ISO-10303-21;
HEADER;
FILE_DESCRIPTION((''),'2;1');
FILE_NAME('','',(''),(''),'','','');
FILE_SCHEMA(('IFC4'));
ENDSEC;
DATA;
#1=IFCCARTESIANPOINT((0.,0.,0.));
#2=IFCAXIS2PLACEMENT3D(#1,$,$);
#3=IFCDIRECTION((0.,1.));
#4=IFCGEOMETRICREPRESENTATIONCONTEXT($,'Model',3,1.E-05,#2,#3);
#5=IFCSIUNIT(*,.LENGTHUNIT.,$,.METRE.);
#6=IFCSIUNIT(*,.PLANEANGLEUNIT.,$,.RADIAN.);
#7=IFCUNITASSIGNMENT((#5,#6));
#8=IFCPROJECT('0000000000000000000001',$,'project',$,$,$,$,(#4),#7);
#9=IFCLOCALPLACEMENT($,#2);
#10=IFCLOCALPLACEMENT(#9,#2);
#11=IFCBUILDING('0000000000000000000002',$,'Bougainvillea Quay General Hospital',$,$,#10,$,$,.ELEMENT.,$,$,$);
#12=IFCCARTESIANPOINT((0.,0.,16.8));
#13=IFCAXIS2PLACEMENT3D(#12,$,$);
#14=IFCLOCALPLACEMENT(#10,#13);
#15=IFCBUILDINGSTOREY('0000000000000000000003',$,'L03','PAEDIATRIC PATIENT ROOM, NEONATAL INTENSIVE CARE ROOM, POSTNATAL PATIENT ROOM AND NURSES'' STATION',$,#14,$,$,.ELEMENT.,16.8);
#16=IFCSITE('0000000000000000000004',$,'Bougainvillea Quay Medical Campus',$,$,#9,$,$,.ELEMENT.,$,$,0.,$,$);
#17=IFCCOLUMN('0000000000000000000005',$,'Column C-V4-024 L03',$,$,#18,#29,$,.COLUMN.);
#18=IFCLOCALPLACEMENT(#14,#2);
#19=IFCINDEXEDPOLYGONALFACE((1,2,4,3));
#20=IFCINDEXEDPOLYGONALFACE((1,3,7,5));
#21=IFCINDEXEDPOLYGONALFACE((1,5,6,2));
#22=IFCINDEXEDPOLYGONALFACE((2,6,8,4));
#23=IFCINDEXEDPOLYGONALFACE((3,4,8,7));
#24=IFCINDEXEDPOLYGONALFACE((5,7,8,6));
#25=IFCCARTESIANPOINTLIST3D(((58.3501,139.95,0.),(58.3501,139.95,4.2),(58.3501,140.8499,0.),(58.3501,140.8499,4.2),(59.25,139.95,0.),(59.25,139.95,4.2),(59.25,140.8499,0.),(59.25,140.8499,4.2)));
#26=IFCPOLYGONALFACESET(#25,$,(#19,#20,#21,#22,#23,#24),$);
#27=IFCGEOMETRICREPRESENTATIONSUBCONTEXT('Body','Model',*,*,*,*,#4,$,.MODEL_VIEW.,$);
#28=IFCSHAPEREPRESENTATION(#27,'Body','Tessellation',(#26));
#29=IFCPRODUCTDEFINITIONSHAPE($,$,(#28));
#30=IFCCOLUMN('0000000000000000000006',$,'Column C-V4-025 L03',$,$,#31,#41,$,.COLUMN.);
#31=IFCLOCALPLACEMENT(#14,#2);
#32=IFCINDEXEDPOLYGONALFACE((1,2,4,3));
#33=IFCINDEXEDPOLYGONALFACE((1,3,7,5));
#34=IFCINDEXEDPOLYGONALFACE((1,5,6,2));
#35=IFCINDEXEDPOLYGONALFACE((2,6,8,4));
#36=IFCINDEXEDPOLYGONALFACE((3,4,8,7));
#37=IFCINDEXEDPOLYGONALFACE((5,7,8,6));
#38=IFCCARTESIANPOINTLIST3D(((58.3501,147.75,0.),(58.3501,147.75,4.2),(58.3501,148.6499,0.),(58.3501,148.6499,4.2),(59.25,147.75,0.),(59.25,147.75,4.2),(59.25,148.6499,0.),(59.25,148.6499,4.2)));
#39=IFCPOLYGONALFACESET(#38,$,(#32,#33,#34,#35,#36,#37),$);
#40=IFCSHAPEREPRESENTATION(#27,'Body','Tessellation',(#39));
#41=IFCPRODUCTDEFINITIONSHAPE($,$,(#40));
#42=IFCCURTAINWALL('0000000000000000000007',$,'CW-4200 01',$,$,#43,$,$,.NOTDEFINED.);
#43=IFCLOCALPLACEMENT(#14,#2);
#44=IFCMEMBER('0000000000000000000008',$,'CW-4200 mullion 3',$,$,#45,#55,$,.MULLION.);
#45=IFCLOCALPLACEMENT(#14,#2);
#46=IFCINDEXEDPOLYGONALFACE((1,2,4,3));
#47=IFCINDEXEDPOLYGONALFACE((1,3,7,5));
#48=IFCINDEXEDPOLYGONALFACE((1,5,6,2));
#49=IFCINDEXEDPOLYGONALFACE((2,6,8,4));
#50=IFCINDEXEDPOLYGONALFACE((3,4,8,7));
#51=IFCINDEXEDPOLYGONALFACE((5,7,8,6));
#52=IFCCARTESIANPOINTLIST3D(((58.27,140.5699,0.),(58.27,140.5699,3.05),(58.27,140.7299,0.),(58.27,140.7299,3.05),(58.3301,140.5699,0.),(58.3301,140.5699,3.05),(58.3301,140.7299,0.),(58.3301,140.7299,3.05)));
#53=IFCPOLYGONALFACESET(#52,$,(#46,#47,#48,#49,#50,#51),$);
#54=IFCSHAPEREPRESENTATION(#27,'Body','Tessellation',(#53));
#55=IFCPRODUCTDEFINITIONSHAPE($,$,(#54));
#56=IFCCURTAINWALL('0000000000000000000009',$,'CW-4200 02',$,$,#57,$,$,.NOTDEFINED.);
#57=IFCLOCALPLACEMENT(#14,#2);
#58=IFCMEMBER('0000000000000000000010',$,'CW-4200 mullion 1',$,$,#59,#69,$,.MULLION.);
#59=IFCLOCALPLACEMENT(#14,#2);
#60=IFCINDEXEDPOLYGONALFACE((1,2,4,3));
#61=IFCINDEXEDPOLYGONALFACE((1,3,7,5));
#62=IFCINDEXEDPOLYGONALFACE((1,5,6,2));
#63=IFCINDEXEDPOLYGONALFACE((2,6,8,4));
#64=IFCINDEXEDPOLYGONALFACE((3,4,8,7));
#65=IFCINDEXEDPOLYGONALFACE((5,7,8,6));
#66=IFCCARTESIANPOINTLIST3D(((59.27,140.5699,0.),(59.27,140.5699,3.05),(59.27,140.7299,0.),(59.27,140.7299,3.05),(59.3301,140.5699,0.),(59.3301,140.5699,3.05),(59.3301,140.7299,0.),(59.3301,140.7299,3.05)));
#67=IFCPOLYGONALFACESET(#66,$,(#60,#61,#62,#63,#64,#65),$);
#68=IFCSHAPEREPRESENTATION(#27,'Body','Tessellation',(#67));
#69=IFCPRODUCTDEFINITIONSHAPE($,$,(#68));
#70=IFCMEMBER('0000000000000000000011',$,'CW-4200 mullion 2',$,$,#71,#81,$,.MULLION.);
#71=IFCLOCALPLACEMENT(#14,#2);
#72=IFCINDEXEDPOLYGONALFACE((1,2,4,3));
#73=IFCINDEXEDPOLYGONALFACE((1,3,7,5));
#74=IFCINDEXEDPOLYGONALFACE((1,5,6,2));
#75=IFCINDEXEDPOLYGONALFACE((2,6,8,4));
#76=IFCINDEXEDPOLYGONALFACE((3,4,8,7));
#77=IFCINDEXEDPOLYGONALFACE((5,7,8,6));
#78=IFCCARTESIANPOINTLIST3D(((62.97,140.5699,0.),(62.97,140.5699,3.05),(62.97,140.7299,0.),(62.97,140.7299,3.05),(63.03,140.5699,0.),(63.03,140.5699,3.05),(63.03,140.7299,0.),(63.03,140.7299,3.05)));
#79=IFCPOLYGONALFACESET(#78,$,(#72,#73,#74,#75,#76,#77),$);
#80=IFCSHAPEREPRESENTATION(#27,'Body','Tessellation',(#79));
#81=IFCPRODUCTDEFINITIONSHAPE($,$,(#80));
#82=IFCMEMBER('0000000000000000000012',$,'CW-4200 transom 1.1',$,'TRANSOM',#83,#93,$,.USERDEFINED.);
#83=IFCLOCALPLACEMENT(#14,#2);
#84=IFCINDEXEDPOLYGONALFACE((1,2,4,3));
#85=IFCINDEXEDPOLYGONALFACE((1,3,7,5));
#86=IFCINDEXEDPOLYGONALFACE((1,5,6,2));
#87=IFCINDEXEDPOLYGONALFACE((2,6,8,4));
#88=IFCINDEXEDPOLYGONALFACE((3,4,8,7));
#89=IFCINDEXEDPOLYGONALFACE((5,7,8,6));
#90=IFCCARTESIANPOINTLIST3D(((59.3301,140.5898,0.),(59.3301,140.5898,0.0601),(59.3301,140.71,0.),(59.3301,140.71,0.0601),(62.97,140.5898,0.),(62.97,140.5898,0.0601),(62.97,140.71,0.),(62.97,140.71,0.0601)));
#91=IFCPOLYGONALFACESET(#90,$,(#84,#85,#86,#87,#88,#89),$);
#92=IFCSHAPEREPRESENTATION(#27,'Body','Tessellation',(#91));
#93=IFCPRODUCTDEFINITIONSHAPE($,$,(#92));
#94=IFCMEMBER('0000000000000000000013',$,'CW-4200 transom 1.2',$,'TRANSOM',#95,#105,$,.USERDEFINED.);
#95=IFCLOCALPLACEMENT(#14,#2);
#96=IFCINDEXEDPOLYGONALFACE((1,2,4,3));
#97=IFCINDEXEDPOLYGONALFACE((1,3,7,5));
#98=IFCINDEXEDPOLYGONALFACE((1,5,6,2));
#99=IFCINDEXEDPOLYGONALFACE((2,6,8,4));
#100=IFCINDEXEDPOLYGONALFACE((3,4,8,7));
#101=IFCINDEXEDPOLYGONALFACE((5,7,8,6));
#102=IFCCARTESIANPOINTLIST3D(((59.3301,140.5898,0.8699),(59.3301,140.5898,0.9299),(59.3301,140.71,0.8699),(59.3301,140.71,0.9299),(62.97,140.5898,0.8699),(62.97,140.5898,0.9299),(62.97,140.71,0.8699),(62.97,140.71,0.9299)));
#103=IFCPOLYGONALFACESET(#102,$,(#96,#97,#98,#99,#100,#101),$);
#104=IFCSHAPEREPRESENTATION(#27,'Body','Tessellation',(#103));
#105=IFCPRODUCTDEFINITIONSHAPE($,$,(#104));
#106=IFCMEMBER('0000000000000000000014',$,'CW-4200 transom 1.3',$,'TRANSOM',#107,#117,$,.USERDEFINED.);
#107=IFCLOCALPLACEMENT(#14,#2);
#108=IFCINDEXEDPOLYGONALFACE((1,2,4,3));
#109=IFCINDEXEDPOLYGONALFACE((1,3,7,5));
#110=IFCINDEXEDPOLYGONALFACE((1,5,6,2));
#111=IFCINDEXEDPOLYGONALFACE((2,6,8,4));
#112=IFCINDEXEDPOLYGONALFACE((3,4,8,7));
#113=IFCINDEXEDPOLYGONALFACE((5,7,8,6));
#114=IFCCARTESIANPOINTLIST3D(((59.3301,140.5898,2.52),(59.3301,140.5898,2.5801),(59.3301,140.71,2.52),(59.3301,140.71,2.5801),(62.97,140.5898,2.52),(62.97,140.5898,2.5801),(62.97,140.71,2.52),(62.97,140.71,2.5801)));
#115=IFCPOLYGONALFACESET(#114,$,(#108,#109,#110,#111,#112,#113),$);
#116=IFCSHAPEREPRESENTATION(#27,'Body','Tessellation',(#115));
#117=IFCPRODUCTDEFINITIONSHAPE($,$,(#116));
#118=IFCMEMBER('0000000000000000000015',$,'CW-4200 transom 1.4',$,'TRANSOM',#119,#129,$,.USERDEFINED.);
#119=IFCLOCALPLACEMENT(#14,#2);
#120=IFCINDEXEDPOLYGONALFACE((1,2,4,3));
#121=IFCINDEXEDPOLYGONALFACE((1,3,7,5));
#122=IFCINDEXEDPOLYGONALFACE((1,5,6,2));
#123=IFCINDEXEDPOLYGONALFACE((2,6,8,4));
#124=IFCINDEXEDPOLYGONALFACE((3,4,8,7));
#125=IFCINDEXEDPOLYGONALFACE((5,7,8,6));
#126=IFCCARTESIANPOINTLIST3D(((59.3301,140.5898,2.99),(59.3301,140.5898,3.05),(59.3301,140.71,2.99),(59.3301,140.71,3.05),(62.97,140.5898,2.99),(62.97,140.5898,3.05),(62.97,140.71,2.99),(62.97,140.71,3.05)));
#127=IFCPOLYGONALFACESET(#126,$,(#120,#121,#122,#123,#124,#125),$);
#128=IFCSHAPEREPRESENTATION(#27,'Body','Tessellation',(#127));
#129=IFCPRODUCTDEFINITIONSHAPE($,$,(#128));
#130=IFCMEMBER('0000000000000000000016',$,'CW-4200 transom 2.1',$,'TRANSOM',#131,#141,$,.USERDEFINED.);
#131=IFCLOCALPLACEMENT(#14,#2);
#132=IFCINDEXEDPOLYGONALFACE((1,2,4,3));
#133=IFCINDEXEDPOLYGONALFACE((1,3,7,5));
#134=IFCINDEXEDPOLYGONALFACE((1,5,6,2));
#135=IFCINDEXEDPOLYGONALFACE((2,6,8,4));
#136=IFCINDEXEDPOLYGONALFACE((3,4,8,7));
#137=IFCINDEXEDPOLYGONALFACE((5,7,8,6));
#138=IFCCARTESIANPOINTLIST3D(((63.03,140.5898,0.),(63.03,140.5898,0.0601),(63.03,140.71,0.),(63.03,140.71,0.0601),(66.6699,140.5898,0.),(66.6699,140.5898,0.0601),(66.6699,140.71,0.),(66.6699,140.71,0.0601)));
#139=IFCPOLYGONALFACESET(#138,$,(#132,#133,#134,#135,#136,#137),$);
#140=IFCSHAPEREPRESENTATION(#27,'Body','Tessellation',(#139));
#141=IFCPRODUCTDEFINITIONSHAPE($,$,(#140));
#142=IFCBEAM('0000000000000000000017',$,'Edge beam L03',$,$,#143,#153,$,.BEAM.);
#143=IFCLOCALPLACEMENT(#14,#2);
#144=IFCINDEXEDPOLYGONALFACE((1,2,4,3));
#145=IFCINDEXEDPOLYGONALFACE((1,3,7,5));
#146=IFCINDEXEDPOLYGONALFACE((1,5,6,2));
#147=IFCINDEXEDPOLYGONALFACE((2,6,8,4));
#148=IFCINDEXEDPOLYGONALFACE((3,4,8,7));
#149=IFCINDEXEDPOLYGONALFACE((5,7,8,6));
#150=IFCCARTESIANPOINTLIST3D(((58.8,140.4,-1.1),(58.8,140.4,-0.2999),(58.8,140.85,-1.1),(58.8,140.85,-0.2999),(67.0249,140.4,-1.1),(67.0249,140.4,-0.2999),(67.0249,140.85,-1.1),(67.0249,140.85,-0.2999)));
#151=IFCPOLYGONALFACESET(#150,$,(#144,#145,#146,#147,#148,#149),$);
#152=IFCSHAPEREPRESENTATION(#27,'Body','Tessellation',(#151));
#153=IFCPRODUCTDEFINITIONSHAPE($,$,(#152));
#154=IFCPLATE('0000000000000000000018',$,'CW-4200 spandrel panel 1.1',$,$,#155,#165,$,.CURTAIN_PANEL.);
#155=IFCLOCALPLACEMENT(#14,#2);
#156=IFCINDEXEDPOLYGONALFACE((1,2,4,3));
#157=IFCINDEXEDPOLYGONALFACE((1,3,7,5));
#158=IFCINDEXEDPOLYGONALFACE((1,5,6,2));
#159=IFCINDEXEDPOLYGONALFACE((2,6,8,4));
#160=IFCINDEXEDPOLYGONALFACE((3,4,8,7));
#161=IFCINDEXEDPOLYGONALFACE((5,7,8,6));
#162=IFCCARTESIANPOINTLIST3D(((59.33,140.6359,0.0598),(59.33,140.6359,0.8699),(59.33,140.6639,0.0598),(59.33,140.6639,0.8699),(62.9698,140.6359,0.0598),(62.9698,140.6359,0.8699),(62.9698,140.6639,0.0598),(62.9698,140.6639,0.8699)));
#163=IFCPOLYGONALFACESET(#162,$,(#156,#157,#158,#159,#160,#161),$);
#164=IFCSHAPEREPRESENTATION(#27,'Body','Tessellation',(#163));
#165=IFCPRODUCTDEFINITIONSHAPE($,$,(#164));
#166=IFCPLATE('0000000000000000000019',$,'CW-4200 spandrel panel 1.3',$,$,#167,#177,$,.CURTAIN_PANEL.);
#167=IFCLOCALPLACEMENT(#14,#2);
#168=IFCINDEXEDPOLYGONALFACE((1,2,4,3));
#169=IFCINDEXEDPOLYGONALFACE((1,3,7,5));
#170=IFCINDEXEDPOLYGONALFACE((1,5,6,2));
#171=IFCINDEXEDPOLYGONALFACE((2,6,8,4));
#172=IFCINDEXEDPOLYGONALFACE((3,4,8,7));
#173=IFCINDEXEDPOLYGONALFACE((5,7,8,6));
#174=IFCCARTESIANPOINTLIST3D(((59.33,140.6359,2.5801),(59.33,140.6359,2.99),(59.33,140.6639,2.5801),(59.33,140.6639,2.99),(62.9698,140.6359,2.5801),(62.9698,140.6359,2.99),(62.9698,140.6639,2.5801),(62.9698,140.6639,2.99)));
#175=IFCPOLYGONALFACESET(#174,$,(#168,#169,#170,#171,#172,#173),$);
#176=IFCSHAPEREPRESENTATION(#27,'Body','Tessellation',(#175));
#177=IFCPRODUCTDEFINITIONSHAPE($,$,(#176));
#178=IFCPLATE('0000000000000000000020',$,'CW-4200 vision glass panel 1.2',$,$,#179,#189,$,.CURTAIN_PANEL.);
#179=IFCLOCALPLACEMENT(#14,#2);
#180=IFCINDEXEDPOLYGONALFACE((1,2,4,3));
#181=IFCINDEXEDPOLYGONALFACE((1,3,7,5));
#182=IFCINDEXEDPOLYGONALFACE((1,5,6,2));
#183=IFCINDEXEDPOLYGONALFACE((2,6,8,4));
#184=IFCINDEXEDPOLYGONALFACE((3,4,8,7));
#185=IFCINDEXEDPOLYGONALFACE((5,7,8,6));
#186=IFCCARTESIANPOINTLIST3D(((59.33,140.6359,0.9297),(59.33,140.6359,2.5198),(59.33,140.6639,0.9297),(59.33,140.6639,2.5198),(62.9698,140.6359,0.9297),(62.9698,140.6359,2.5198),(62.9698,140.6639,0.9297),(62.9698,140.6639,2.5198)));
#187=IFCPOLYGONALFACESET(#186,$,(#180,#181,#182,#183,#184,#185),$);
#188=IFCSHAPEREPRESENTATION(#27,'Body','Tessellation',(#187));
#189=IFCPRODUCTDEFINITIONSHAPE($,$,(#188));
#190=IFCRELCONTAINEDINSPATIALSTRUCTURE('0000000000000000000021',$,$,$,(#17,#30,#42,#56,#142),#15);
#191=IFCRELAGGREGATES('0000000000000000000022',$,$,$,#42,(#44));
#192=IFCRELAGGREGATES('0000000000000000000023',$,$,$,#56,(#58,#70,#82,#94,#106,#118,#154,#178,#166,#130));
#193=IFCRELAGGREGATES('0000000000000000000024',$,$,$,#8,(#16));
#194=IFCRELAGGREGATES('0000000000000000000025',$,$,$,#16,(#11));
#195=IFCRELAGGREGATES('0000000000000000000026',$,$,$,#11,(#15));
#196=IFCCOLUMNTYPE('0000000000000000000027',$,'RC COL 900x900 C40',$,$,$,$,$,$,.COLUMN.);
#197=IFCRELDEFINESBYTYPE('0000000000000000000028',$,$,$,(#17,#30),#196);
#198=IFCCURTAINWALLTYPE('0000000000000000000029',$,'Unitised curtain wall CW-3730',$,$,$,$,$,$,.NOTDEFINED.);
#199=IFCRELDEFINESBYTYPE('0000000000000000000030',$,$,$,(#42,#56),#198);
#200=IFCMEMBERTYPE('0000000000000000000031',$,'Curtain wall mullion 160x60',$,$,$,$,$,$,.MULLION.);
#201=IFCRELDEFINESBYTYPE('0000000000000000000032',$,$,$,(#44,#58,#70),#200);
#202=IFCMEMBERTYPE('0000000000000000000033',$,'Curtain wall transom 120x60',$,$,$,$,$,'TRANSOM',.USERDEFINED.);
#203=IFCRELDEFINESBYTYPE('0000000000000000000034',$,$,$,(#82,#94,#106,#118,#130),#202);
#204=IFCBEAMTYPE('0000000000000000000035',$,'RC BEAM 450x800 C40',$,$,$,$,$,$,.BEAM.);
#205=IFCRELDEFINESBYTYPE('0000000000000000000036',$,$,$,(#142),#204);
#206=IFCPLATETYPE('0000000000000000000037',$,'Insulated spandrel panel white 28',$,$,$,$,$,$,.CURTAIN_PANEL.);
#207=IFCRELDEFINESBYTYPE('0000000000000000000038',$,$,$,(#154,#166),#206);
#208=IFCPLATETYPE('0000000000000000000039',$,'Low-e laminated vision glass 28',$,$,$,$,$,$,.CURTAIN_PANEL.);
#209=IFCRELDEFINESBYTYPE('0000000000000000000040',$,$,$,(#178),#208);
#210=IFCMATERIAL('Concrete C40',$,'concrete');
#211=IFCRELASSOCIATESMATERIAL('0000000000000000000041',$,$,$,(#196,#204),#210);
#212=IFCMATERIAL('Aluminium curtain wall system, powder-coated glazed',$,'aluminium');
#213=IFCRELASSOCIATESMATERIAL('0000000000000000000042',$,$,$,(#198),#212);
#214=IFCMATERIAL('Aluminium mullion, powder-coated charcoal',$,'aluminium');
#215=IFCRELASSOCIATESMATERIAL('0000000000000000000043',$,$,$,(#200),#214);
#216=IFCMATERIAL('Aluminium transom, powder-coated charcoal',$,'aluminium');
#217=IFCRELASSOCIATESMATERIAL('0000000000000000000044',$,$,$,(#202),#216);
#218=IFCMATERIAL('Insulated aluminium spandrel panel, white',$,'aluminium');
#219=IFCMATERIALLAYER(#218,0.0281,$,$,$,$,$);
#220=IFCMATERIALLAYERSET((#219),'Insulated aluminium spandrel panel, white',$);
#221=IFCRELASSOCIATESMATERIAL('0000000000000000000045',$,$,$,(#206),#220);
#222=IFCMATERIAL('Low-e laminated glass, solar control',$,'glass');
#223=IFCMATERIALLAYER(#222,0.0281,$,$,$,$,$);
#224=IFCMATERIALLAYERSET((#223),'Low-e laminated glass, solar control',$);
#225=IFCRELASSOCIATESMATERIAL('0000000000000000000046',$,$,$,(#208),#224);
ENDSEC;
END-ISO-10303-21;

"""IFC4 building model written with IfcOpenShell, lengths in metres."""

from ifc_helpers import new_model, si_unit, direction, frame, origin, origin_2d, place, context, subcontext, project, spatial, rectangle, extrude, material, layer, layer_set, material_profile, profile_set, type_object, element, aggregate, save


model = new_model("IFC4")

# Units and contexts
model_context = context("Model", 3, precision=1e-05, world=origin(), true_north=direction((0.0, 1.0)))
body_context = subcontext(model_context, "Body", "Model", "MODEL_VIEW")
ifc_project = project(units=[si_unit("LENGTHUNIT", "METRE"), si_unit("PLANEANGLEUNIT", "RADIAN")], contexts=[model_context])

# Site, building, storey
site_placement = place(None, origin())
site = spatial("IfcSite", under=ifc_project, at=site_placement, Name="Bougainvillea Quay Medical Campus", CompositionType="ELEMENT", RefElevation=0.0)
building_placement = place(site_placement, origin())
building = spatial("IfcBuilding", under=site, at=building_placement, Name="Bougainvillea Quay General Hospital", CompositionType="ELEMENT")
storey_placement = place(building_placement, frame((0.0, 0.0, 16.8)))
storey = spatial("IfcBuildingStorey", under=building, at=storey_placement, Name="L03", Description="PAEDIATRIC PATIENT ROOM, NEONATAL INTENSIVE CARE ROOM, POSTNATAL PATIENT ROOM AND NURSES' STATION", CompositionType="ELEMENT", Elevation=16.8)

# Columns
ifc_material_1 = material(Name="Concrete C40", Category="concrete")
ifc_material_profile_1 = material_profile(ifc_material_1, rectangle(XDim=0.8999, YDim=0.8999, at=origin_2d()))
ifc_profile_set_1 = profile_set([ifc_material_profile_1], Name="Concrete C40")
column_type = type_object("IfcColumnType", Name="RC COL 900x900 C40", PredefinedType="COLUMN", material=ifc_profile_set_1)
for number, where, z_axis, x_axis, name in (
    (1, (58.8, 140.3999, 0.0), (0.0, 0.0, 1.0), (1.0, 0.0, 0.0), "Column C-V4-024 L03"),
    (2, (58.8, 148.2, 0.0), (0.0, 0.0, 1.0), (1.0, 0.0, 0.0), "Column C-V4-025 L03"),
):
    element("IfcColumn", number, at=place(storey_placement, frame(where, z_axis=z_axis, x_axis=x_axis)), inside=storey, type_object=column_type, Name=name, PredefinedType="COLUMN", context=body_context, shape_type="SweptSolid", body=[
        extrude(rectangle(XDim=0.8999, YDim=0.8999, at=origin_2d()), origin(), (0.0, 0.0, 1.0), 4.2),
    ])

# Curtain wall, member
ifc_material_2 = material(Name="Aluminium curtain wall system, powder-coated glazed", Category="aluminium")
curtain_wall_type = type_object("IfcCurtainWallType", Name="Unitised curtain wall CW-3730", PredefinedType="NOTDEFINED", material=ifc_material_2)
curtain_wall_1_placement = place(storey_placement, origin())
curtain_wall_1 = element("IfcCurtainWall", 3, at=curtain_wall_1_placement, inside=storey, type_object=curtain_wall_type, Name="CW-4200 01", PredefinedType="NOTDEFINED")
ifc_material_3 = material(Name="Aluminium mullion, powder-coated charcoal", Category="aluminium")
ifc_material_profile_2 = material_profile(ifc_material_3, rectangle(XDim=0.1599, YDim=0.0601, at=origin_2d()))
ifc_profile_set_2 = profile_set([ifc_material_profile_2], Name="Aluminium mullion, powder-coated charcoal")
member_type_1 = type_object("IfcMemberType", Name="Curtain wall mullion 160x60", PredefinedType="MULLION", material=ifc_profile_set_2)
member_1_placement = place(storey_placement, frame((58.3, 140.6499, 0.0), z_axis=(0.0, 0.0, 1.0), x_axis=(0.0, 1.0, 0.0)))
member_1 = element("IfcMember", 4, at=member_1_placement, type_object=member_type_1, Name="CW-4200 mullion 3", PredefinedType="MULLION", context=body_context, shape_type="SweptSolid", body=[
    extrude(rectangle(XDim=0.1599, YDim=0.0601, at=origin_2d()), origin(), (0.0, 0.0, 1.0), 3.05),
])
aggregate(curtain_wall_1, [member_1])

# Curtain wall, members
curtain_wall_2_placement = place(storey_placement, origin())
curtain_wall_2 = element("IfcCurtainWall", 5, at=curtain_wall_2_placement, inside=storey, type_object=curtain_wall_type, Name="CW-4200 02", PredefinedType="NOTDEFINED")
member_2_placement = place(storey_placement, frame((59.3, 140.6499, 0.0), z_axis=(0.0, 0.0, 1.0), x_axis=(0.0, 1.0, 0.0)))
member_2 = element("IfcMember", 6, at=member_2_placement, type_object=member_type_1, Name="CW-4200 mullion 1", PredefinedType="MULLION", context=body_context, shape_type="SweptSolid", body=[
    extrude(rectangle(XDim=0.1599, YDim=0.0601, at=origin_2d()), origin(), (0.0, 0.0, 1.0), 3.05),
])
member_3_placement = place(storey_placement, frame((63.0, 140.6499, 0.0), z_axis=(0.0, 0.0, 1.0), x_axis=(0.0, 1.0, 0.0)))
member_3 = element("IfcMember", 7, at=member_3_placement, type_object=member_type_1, Name="CW-4200 mullion 2", PredefinedType="MULLION", context=body_context, shape_type="SweptSolid", body=[
    extrude(rectangle(XDim=0.1599, YDim=0.0601, at=origin_2d()), origin(), (0.0, 0.0, 1.0), 3.05),
])
ifc_material_4 = material(Name="Aluminium transom, powder-coated charcoal", Category="aluminium")
ifc_material_profile_3 = material_profile(ifc_material_4, rectangle(XDim=0.1201, YDim=0.0601, at=origin_2d()))
ifc_profile_set_3 = profile_set([ifc_material_profile_3], Name="Aluminium transom, powder-coated charcoal")
member_type_2 = type_object("IfcMemberType", Name="Curtain wall transom 120x60", ElementType="TRANSOM", PredefinedType="USERDEFINED", material=ifc_profile_set_3)
member_4_placement = place(storey_placement, frame((59.3301, 140.6499, 0.03), z_axis=(1.0, 0.0, 0.0), x_axis=(0.0, 1.0, 0.0)))
member_4 = element("IfcMember", 8, at=member_4_placement, type_object=member_type_2, Name="CW-4200 transom 1.1", ObjectType="TRANSOM", PredefinedType="USERDEFINED", context=body_context, shape_type="SweptSolid", body=[
    extrude(rectangle(XDim=0.1201, YDim=0.0601, at=origin_2d()), origin(), (0.0, 0.0, 1.0), 3.6399),
])
member_5_placement = place(storey_placement, frame((59.3301, 140.6499, 0.8999), z_axis=(1.0, 0.0, 0.0), x_axis=(0.0, 1.0, 0.0)))
member_5 = element("IfcMember", 9, at=member_5_placement, type_object=member_type_2, Name="CW-4200 transom 1.2", ObjectType="TRANSOM", PredefinedType="USERDEFINED", context=body_context, shape_type="SweptSolid", body=[
    extrude(rectangle(XDim=0.1201, YDim=0.0601, at=origin_2d()), origin(), (0.0, 0.0, 1.0), 3.6399),
])
member_6_placement = place(storey_placement, frame((59.3301, 140.6499, 2.55), z_axis=(1.0, 0.0, 0.0), x_axis=(0.0, 1.0, 0.0)))
member_6 = element("IfcMember", 10, at=member_6_placement, type_object=member_type_2, Name="CW-4200 transom 1.3", ObjectType="TRANSOM", PredefinedType="USERDEFINED", context=body_context, shape_type="SweptSolid", body=[
    extrude(rectangle(XDim=0.1201, YDim=0.0601, at=origin_2d()), origin(), (0.0, 0.0, 1.0), 3.6399),
])
member_7_placement = place(storey_placement, frame((59.3301, 140.6499, 3.02), z_axis=(1.0, 0.0, 0.0), x_axis=(0.0, 1.0, 0.0)))
member_7 = element("IfcMember", 11, at=member_7_placement, type_object=member_type_2, Name="CW-4200 transom 1.4", ObjectType="TRANSOM", PredefinedType="USERDEFINED", context=body_context, shape_type="SweptSolid", body=[
    extrude(rectangle(XDim=0.1201, YDim=0.0601, at=origin_2d()), origin(), (0.0, 0.0, 1.0), 3.6399),
])
member_8_placement = place(storey_placement, frame((63.03, 140.6499, 0.03), z_axis=(1.0, 0.0, 0.0), x_axis=(0.0, 1.0, 0.0)))
member_8 = element("IfcMember", 12, at=member_8_placement, type_object=member_type_2, Name="CW-4200 transom 2.1", ObjectType="TRANSOM", PredefinedType="USERDEFINED", context=body_context, shape_type="SweptSolid", body=[
    extrude(rectangle(XDim=0.1201, YDim=0.0601, at=origin_2d()), origin(), (0.0, 0.0, 1.0), 3.6399),
])

# Beam
ifc_material_profile_4 = material_profile(ifc_material_1, rectangle(XDim=0.45, YDim=0.8, at=origin_2d()))
ifc_profile_set_4 = profile_set([ifc_material_profile_4], Name="Concrete C40")
beam_type = type_object("IfcBeamType", Name="RC BEAM 450x800 C40", PredefinedType="BEAM", material=ifc_profile_set_4)
beam_placement = place(storey_placement, frame((58.8, 140.625, -0.7), z_axis=(1.0, 0.0, 0.0), x_axis=(0.0, 1.0, 0.0)))
element("IfcBeam", 13, at=beam_placement, inside=storey, type_object=beam_type, Name="Edge beam L03", PredefinedType="BEAM", context=body_context, shape_type="SweptSolid", body=[
    extrude(rectangle(XDim=0.45, YDim=0.8, at=origin_2d()), origin(), (0.0, 0.0, 1.0), 8.2249),
])

# Plates
ifc_material_5 = material(Name="Insulated aluminium spandrel panel, white", Category="aluminium")
ifc_layer_1 = layer(ifc_material_5, 0.0281)
ifc_layer_set_1 = layer_set([ifc_layer_1], Name="Insulated aluminium spandrel panel, white")
plate_type_1 = type_object("IfcPlateType", Name="Insulated spandrel panel white 28", PredefinedType="CURTAIN_PANEL", material=ifc_layer_set_1)
plate_1_placement = place(storey_placement, frame((61.1499, 140.6499, 0.0598), z_axis=(0.0, 0.0, 1.0), x_axis=(1.0, 0.0, 0.0)))
plate_1 = element("IfcPlate", 14, at=plate_1_placement, type_object=plate_type_1, Name="CW-4200 spandrel panel 1.1", PredefinedType="CURTAIN_PANEL", context=body_context, shape_type="SweptSolid", body=[
    extrude(rectangle(XDim=3.6399, YDim=0.0281, at=origin_2d()), origin(), (0.0, 0.0, 1.0), 0.8101),
])
plate_2_placement = place(storey_placement, frame((61.1499, 140.6499, 2.5801), z_axis=(0.0, 0.0, 1.0), x_axis=(1.0, 0.0, 0.0)))
plate_2 = element("IfcPlate", 15, at=plate_2_placement, type_object=plate_type_1, Name="CW-4200 spandrel panel 1.3", PredefinedType="CURTAIN_PANEL", context=body_context, shape_type="SweptSolid", body=[
    extrude(rectangle(XDim=3.6399, YDim=0.0281, at=origin_2d()), origin(), (0.0, 0.0, 1.0), 0.4099),
])
ifc_material_6 = material(Name="Low-e laminated glass, solar control", Category="glass")
ifc_layer_2 = layer(ifc_material_6, 0.0281)
ifc_layer_set_2 = layer_set([ifc_layer_2], Name="Low-e laminated glass, solar control")
plate_type_2 = type_object("IfcPlateType", Name="Low-e laminated vision glass 28", PredefinedType="CURTAIN_PANEL", material=ifc_layer_set_2)
plate_3_placement = place(storey_placement, frame((61.1499, 140.6499, 0.9297), z_axis=(0.0, 0.0, 1.0), x_axis=(1.0, 0.0, 0.0)))
plate_3 = element("IfcPlate", 16, at=plate_3_placement, type_object=plate_type_2, Name="CW-4200 vision glass panel 1.2", PredefinedType="CURTAIN_PANEL", context=body_context, shape_type="SweptSolid", body=[
    extrude(rectangle(XDim=3.6399, YDim=0.0281, at=origin_2d()), origin(), (0.0, 0.0, 1.0), 1.5901),
])
aggregate(curtain_wall_2, [member_2, member_3, member_4, member_5, member_6, member_7, plate_1, plate_3, plate_2, member_8])

save(model, "model.ifc")
